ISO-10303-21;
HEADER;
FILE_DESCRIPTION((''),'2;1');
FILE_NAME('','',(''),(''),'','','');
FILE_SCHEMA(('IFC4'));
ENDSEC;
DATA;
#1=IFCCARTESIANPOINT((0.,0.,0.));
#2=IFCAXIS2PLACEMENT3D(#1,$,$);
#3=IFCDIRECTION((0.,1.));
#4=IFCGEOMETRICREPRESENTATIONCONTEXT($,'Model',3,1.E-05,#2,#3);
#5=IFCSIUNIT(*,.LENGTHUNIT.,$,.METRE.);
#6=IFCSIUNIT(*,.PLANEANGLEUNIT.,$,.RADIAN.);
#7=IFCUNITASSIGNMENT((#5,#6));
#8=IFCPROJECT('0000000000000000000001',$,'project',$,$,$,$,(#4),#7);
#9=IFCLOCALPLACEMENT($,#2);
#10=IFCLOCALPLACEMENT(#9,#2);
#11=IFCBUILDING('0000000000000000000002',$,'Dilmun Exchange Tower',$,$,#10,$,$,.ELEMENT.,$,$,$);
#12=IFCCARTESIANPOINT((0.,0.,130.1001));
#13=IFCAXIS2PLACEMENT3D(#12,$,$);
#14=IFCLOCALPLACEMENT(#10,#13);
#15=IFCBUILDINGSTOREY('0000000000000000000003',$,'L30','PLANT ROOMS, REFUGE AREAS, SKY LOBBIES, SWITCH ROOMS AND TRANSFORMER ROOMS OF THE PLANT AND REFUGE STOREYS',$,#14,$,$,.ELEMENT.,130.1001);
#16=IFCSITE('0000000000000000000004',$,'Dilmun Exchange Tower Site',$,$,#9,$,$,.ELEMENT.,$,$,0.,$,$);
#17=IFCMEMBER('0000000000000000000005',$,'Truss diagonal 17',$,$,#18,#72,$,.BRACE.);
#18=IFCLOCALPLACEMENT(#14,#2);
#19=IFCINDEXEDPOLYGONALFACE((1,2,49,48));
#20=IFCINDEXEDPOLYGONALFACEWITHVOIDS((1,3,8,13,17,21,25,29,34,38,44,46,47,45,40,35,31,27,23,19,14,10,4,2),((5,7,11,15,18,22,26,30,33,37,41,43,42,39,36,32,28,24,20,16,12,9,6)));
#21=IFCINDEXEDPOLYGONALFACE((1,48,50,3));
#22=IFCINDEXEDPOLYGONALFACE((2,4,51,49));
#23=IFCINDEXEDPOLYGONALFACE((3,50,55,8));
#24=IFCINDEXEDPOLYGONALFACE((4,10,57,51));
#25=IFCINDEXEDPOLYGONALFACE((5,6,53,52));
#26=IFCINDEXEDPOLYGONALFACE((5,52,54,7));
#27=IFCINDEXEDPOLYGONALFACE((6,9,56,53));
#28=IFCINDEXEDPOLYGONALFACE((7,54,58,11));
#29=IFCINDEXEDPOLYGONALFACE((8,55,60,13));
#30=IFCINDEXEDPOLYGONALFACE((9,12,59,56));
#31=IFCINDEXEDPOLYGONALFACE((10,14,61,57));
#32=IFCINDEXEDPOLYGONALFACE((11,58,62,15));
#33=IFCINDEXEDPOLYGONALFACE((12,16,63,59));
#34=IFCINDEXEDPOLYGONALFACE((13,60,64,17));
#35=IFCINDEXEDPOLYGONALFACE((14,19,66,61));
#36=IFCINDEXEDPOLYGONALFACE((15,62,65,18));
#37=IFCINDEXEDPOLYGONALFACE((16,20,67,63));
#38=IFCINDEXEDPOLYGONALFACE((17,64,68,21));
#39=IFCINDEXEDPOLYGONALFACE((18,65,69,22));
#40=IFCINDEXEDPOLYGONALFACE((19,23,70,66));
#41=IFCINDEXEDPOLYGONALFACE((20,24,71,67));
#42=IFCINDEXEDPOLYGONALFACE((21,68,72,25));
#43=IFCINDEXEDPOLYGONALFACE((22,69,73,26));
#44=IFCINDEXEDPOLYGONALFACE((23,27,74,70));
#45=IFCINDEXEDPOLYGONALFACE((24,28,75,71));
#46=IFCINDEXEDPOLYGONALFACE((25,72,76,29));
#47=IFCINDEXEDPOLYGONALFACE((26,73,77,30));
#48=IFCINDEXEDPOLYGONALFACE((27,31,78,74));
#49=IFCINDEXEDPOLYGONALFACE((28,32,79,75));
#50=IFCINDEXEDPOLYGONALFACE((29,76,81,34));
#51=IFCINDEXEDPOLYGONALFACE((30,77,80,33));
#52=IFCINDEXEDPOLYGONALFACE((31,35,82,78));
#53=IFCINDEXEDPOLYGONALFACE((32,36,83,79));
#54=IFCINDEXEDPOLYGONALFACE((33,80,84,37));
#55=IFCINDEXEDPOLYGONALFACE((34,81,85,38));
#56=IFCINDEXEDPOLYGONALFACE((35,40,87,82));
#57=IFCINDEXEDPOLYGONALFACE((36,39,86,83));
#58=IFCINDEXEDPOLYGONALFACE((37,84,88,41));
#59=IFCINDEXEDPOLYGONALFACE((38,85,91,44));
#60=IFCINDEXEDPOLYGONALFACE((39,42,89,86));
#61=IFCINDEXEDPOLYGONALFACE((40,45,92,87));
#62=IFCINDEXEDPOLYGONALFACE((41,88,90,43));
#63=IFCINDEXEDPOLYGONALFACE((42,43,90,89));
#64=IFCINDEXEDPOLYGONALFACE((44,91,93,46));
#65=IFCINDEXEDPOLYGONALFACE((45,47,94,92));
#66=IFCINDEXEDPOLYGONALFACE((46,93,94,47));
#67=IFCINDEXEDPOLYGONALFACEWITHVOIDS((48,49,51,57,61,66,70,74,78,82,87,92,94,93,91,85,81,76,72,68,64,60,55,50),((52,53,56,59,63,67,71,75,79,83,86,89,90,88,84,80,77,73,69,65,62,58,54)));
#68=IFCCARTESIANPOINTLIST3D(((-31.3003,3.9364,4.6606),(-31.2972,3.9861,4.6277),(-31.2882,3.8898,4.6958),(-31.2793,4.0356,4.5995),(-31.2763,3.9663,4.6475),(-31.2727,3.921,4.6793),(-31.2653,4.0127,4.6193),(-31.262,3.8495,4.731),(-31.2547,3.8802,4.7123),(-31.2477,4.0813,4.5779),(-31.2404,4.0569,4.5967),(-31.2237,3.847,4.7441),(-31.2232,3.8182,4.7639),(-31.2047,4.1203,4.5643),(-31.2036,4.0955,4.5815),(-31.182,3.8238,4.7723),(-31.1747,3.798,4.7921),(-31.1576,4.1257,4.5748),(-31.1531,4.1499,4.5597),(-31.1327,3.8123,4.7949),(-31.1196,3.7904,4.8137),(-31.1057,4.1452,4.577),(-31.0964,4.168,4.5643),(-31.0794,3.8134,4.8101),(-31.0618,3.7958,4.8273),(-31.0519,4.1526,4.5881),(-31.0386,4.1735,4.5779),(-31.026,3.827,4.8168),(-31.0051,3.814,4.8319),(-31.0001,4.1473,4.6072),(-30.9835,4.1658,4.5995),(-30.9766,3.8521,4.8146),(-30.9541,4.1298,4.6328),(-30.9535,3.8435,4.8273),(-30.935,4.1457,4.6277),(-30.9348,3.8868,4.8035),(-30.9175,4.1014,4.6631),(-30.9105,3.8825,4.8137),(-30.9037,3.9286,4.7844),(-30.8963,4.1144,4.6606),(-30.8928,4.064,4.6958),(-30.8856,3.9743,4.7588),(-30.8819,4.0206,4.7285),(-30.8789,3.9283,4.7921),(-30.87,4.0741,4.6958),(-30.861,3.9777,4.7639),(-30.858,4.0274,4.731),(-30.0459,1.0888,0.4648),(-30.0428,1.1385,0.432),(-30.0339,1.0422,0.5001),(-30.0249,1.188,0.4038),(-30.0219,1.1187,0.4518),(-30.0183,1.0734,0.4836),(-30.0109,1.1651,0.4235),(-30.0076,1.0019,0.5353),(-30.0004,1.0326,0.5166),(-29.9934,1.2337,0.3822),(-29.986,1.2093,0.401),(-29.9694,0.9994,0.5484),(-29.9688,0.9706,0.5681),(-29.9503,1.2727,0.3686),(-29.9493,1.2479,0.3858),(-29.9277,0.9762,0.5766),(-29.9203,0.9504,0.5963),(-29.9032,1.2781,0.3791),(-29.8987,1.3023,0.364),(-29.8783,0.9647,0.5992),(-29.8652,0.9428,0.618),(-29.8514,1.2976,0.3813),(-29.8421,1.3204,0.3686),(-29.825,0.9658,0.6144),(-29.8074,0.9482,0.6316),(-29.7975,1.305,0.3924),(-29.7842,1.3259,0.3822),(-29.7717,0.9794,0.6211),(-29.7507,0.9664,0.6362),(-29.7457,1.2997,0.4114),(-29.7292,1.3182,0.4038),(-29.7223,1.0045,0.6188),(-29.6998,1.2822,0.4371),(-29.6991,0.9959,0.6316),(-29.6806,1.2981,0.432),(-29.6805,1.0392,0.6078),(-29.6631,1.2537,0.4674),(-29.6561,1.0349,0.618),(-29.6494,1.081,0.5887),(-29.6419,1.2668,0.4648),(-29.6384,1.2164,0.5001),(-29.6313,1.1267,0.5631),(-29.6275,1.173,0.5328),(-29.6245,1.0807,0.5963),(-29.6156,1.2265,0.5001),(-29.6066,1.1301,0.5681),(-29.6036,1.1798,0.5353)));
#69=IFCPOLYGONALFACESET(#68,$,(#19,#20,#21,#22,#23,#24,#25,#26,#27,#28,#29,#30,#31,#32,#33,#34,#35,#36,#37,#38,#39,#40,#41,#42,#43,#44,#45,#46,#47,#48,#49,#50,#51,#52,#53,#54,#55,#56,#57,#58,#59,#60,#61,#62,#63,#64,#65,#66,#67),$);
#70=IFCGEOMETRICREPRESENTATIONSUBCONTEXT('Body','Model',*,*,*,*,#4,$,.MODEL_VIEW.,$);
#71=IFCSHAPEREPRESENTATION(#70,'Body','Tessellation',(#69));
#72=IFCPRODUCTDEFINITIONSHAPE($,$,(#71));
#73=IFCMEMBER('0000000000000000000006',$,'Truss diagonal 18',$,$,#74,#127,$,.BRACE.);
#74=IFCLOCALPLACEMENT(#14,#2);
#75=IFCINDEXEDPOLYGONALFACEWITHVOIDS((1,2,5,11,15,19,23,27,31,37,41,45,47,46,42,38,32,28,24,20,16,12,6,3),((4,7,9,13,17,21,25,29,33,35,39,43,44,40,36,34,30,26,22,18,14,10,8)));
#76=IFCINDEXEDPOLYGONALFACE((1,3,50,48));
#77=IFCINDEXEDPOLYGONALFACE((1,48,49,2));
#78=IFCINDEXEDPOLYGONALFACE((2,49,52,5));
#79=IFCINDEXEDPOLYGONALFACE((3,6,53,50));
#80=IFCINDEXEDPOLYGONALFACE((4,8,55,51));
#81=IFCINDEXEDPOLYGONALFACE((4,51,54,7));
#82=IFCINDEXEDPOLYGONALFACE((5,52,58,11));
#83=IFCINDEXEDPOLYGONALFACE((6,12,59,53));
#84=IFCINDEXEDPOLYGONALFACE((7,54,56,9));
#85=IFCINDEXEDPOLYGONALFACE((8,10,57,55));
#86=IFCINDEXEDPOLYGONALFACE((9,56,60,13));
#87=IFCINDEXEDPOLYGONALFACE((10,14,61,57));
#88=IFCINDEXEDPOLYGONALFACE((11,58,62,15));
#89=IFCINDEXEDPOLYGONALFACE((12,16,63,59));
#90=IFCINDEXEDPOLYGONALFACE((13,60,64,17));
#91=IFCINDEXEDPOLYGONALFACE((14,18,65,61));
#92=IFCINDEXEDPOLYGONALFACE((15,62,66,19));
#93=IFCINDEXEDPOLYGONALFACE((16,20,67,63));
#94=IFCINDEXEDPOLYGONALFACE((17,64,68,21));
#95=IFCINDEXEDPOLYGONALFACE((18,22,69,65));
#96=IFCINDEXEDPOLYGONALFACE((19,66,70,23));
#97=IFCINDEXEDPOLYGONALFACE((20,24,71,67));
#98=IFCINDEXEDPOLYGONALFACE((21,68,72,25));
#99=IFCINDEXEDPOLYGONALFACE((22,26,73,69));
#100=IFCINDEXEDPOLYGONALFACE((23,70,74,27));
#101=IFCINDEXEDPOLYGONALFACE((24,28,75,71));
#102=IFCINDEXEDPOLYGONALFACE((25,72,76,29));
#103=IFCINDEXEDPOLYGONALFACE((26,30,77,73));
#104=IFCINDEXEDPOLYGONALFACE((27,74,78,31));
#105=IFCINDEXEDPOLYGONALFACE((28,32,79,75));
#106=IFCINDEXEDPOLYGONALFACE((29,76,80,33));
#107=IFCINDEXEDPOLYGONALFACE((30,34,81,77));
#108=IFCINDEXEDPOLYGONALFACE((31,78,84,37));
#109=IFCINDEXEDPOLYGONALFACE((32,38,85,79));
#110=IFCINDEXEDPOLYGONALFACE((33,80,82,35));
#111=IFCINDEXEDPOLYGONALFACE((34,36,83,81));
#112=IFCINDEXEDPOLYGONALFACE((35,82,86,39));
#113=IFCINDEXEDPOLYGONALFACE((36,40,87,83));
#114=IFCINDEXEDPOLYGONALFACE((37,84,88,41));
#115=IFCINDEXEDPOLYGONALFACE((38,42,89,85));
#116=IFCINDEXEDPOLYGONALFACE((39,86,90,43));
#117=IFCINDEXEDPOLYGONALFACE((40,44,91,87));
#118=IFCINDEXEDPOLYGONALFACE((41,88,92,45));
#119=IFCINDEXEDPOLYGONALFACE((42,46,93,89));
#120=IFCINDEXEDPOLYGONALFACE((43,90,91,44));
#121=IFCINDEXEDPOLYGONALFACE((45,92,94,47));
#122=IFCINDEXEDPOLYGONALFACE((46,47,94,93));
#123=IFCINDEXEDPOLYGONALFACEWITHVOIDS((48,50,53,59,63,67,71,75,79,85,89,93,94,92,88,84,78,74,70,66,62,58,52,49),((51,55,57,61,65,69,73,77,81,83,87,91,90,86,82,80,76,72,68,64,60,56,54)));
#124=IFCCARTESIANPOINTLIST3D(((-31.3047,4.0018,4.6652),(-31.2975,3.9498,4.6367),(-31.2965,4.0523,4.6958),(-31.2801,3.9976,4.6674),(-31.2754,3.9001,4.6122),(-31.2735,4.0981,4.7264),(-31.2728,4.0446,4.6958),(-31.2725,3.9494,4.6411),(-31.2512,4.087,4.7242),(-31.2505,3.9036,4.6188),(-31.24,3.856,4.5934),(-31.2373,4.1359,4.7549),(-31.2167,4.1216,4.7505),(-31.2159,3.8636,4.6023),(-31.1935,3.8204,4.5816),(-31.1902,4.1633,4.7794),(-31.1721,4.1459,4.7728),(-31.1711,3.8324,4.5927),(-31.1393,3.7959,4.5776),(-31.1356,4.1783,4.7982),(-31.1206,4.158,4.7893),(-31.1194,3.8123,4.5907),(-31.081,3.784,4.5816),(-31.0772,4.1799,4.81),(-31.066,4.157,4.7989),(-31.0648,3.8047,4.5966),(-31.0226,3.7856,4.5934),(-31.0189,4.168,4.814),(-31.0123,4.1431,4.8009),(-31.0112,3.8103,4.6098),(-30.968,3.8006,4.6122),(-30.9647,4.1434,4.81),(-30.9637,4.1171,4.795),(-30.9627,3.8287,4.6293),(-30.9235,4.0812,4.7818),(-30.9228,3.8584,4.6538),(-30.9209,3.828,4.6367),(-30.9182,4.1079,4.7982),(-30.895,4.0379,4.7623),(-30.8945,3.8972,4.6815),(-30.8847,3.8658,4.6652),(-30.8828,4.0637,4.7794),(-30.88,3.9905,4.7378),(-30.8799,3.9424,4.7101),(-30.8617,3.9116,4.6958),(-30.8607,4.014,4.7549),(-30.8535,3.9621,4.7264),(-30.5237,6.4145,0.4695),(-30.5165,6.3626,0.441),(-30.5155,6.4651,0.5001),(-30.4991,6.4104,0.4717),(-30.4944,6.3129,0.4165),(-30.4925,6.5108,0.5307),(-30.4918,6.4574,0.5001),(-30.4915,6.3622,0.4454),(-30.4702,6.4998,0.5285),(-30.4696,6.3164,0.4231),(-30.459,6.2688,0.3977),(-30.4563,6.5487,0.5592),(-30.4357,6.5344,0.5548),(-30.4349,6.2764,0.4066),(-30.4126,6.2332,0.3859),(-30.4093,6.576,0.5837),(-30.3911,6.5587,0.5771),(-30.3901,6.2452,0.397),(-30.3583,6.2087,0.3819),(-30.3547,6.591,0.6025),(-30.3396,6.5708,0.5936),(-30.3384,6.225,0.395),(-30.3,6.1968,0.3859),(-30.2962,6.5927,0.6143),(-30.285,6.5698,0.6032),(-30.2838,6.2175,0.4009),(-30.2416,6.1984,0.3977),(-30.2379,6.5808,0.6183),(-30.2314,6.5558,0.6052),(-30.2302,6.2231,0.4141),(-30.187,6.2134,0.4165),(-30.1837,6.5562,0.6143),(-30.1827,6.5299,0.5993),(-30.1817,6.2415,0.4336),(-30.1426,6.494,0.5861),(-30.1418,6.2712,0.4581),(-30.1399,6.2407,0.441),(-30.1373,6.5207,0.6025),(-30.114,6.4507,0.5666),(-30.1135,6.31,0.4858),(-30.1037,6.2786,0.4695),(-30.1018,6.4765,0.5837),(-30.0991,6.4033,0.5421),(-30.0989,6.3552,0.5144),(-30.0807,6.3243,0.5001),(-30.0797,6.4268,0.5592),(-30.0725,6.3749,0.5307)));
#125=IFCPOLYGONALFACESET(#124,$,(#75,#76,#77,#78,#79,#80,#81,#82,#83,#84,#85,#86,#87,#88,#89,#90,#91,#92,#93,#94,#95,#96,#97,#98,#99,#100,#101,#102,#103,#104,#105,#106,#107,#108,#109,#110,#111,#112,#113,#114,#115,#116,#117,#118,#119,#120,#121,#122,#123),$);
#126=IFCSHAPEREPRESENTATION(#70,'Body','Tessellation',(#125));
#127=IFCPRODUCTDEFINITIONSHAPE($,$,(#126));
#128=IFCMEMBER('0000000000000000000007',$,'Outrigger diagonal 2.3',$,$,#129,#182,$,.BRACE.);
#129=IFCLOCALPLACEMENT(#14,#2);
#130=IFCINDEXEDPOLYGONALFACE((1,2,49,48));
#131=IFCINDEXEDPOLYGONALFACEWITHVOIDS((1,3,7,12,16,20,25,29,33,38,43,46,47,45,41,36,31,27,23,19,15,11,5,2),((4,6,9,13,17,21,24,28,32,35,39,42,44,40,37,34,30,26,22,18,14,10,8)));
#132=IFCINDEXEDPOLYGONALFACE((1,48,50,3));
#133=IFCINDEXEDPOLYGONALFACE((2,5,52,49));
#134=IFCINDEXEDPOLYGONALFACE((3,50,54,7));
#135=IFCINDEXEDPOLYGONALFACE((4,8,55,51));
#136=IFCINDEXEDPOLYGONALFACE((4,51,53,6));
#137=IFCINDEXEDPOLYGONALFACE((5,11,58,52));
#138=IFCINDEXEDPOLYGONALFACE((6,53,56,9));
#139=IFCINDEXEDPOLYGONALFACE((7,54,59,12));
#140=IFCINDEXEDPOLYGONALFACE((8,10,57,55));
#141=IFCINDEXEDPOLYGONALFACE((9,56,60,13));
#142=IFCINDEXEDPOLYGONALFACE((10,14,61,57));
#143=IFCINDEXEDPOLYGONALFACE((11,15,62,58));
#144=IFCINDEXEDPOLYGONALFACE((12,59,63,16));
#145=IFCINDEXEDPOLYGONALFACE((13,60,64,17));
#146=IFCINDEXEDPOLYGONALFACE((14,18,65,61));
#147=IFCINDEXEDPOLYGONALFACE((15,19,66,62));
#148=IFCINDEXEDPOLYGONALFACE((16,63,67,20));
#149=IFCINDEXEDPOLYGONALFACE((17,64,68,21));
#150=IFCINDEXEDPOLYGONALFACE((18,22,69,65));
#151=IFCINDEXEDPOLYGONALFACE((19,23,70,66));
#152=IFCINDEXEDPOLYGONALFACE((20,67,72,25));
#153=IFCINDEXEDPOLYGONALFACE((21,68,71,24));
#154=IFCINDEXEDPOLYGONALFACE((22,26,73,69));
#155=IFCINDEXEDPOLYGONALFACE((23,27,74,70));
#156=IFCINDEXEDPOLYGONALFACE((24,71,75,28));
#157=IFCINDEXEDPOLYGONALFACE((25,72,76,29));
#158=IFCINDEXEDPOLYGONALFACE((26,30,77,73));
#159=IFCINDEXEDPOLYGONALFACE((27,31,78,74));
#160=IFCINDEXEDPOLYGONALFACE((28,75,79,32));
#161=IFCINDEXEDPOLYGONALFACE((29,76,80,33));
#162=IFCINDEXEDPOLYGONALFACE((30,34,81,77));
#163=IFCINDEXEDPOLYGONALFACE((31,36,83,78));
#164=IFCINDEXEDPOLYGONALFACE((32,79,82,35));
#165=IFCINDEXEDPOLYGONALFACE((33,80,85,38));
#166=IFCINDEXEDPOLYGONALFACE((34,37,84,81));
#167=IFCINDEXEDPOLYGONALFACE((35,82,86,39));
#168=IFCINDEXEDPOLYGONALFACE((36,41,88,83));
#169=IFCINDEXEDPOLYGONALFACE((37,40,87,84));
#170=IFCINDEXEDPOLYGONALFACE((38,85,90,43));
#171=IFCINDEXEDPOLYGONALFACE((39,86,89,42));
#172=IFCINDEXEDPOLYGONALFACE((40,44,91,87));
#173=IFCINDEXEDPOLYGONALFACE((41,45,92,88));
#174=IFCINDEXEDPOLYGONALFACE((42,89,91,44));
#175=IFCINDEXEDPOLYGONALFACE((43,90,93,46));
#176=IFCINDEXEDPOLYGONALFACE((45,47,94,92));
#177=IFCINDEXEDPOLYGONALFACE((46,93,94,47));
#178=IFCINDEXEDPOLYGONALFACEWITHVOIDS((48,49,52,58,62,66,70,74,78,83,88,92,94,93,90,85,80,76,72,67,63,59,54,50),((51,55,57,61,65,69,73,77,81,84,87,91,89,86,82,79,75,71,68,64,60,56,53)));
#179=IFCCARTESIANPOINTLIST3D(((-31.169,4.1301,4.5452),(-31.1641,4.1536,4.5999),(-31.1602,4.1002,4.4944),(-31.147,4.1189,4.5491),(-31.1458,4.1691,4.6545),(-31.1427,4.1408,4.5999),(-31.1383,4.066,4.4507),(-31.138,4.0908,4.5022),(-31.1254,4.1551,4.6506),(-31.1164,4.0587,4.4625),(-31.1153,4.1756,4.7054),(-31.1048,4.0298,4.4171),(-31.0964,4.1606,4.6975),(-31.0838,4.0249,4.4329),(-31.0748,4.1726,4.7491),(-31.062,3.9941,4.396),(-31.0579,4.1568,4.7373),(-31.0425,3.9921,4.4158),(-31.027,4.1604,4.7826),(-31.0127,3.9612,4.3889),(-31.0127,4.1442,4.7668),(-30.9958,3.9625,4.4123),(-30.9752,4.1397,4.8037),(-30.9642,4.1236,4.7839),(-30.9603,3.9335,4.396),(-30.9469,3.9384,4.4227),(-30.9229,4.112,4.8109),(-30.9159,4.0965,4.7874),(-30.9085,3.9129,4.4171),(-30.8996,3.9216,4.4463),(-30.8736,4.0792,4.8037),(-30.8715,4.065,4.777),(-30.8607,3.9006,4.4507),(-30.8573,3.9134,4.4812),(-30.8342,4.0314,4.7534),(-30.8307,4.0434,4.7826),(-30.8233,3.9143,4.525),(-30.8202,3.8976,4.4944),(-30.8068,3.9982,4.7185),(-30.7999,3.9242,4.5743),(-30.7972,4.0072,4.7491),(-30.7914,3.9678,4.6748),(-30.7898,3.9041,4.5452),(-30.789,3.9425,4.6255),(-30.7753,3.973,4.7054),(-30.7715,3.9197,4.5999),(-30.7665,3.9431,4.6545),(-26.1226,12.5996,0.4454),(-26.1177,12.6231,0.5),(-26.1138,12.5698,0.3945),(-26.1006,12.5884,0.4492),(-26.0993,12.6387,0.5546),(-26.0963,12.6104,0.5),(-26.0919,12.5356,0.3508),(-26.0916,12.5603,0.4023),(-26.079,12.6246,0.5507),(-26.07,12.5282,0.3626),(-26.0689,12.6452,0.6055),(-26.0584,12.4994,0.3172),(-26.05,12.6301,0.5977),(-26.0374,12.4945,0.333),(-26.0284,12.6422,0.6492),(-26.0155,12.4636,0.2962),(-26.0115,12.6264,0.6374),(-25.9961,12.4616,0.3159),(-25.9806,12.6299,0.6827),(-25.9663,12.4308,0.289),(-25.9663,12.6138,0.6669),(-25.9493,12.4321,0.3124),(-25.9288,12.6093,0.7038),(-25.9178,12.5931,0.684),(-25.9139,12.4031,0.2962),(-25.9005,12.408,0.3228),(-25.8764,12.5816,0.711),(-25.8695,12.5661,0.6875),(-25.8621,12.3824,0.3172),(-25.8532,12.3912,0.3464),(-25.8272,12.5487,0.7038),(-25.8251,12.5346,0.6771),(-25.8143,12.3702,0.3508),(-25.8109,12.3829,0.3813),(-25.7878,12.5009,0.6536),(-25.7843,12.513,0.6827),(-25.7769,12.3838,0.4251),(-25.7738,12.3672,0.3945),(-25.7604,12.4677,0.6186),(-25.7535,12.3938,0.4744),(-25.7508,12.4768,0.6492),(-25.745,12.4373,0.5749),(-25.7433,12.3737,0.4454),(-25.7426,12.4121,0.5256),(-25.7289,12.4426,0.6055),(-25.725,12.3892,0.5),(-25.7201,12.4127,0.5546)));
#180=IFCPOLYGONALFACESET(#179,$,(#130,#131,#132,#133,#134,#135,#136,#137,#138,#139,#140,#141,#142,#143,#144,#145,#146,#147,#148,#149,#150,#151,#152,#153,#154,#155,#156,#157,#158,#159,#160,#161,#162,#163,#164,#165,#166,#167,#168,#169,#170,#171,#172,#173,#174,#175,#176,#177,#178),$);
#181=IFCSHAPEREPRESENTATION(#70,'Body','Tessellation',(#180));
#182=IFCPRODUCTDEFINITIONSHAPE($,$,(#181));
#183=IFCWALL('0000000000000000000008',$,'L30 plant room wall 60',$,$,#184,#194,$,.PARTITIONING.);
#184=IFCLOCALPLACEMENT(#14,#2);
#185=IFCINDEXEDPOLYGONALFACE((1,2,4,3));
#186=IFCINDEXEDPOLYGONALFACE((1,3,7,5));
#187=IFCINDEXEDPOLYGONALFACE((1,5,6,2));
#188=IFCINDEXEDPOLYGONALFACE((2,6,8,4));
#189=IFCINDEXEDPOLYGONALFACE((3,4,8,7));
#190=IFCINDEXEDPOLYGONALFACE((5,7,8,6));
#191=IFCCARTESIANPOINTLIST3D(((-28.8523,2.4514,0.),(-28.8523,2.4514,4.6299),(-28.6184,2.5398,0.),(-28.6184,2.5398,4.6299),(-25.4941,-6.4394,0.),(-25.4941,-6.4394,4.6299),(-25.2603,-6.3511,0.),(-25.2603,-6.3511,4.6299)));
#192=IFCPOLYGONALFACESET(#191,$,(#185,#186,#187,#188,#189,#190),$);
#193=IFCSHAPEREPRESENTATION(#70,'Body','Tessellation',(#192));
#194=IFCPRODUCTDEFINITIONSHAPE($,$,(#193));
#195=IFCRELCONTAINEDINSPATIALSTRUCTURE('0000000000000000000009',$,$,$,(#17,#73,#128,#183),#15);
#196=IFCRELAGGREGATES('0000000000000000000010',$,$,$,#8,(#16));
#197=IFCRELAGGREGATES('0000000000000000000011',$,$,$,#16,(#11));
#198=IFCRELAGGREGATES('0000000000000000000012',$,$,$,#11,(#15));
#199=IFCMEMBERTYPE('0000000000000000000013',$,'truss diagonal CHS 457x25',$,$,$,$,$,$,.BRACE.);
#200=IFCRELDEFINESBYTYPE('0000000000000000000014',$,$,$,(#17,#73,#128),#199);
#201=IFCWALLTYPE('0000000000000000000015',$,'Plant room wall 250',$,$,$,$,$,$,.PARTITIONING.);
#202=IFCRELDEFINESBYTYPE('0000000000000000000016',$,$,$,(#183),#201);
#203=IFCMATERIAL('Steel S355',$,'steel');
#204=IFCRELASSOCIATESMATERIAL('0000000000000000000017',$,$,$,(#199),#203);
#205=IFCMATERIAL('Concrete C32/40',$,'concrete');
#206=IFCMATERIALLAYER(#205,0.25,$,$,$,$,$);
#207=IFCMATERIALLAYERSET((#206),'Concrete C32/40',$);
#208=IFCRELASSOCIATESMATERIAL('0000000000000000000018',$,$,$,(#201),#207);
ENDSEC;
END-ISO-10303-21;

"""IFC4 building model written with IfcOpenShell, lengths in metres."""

from ifc_helpers import new_model, si_unit, direction, frame, frame_2d, origin, origin_2d, place, context, subcontext, project, spatial, rectangle, hollow_circle, extrude, material, layer, layer_set, material_profile, profile_set, type_object, element, save


model = new_model("IFC4")

# Units and contexts
model_context = context("Model", 3, precision=1e-05, world=origin(), true_north=direction((0.0, 1.0)))
body_context = subcontext(model_context, "Body", "Model", "MODEL_VIEW")
ifc_project = project(units=[si_unit("LENGTHUNIT", "METRE"), si_unit("PLANEANGLEUNIT", "RADIAN")], contexts=[model_context])

# Site, building, storey
site_placement = place(None, origin())
site = spatial("IfcSite", under=ifc_project, at=site_placement, Name="Dilmun Exchange Tower Site", CompositionType="ELEMENT", RefElevation=0.0)
building_placement = place(site_placement, origin())
building = spatial("IfcBuilding", under=site, at=building_placement, Name="Dilmun Exchange Tower", CompositionType="ELEMENT")
storey_placement = place(building_placement, frame((0.0, 0.0, 130.1001)))
storey = spatial("IfcBuildingStorey", under=building, at=storey_placement, Name="L30", Description="PLANT ROOMS, REFUGE AREAS, SKY LOBBIES, SWITCH ROOMS AND TRANSFORMER ROOMS OF THE PLANT AND REFUGE STOREYS", CompositionType="ELEMENT", Elevation=130.1001)

# Shared definitions
ifc_material_1 = material(Name="Steel S355", Category="steel")

# Members
ifc_material_profile_1 = material_profile(ifc_material_1, hollow_circle(Radius=0.2285, WallThickness=0.0249, at=origin_2d()), Name="CHS 457x25")
ifc_profile_set_1 = profile_set([ifc_material_profile_1], Name="Steel S355")
member_type = type_object("IfcMemberType", Name="truss diagonal CHS 457x25", PredefinedType="BRACE", material=ifc_profile_set_1)
member_1_placement = place(storey_placement, frame((-31.0791, 3.9819, 4.6958), z_axis=(0.240134, -0.545138, -0.803219), x_axis=(0.915146, 0.403122, 0.0)))
element("IfcMember", 1, at=member_1_placement, inside=storey, type_object=member_type, Name="Truss diagonal 17", PredefinedType="BRACE", context=body_context, shape_type="SweptSolid", body=[
    extrude(hollow_circle(Radius=0.2285, WallThickness=0.0249, at=origin_2d()), origin(), (0.0, 0.0, 1.0), 5.2236),
])
member_2_placement = place(storey_placement, frame((-31.0791, 3.9819, 4.6958), z_axis=(0.159301, 0.492145, -0.855813), x_axis=(-0.951401, 0.307956, 0.0)))
element("IfcMember", 2, at=member_2_placement, inside=storey, type_object=member_type, Name="Truss diagonal 18", PredefinedType="BRACE", context=body_context, shape_type="SweptSolid", body=[
    extrude(hollow_circle(Radius=0.2285, WallThickness=0.0249, at=origin_2d()), origin(), (0.0, 0.0, 1.0), 4.9026),
])
member_3_placement = place(storey_placement, frame((-30.9678, 4.0366, 4.5999), z_axis=(0.472623, 0.793216, -0.383975), x_axis=(-0.859069, 0.51186, 0.0)))
element("IfcMember", 3, at=member_3_placement, inside=storey, type_object=member_type, Name="Outrigger diagonal 2.3", PredefinedType="BRACE", context=body_context, shape_type="SweptSolid", body=[
    extrude(hollow_circle(Radius=0.2285, WallThickness=0.0249, at=origin_2d()), origin(), (0.0, 0.0, 1.0), 10.6775),
])

# Wall
ifc_material_2 = material(Name="Concrete C32/40", Category="concrete")
ifc_layer_1 = layer(ifc_material_2, 0.25)
ifc_layer_set_1 = layer_set([ifc_layer_1], Name="Concrete C32/40")
wall_type_1 = type_object("IfcWallType", Name="Plant room wall 250", PredefinedType="PARTITIONING", material=ifc_layer_set_1)
wall_1_placement = place(storey_placement, frame((-28.7354, 2.4956, 0.0), z_axis=(0.0, 0.0, 1.0), x_axis=(0.353344, -0.935494, 0.0)))
element("IfcWall", 4, at=wall_1_placement, inside=storey, type_object=wall_type_1, Name="L30 plant room wall 60", PredefinedType="PARTITIONING", context=body_context, shape_type="SweptSolid", body=[
    extrude(rectangle(XDim=9.5039, YDim=0.25, at=frame_2d((4.752, 0.0))), origin(), (0.0, 0.0, 1.0), 4.6299),
])

save(model, "model.ifc")
